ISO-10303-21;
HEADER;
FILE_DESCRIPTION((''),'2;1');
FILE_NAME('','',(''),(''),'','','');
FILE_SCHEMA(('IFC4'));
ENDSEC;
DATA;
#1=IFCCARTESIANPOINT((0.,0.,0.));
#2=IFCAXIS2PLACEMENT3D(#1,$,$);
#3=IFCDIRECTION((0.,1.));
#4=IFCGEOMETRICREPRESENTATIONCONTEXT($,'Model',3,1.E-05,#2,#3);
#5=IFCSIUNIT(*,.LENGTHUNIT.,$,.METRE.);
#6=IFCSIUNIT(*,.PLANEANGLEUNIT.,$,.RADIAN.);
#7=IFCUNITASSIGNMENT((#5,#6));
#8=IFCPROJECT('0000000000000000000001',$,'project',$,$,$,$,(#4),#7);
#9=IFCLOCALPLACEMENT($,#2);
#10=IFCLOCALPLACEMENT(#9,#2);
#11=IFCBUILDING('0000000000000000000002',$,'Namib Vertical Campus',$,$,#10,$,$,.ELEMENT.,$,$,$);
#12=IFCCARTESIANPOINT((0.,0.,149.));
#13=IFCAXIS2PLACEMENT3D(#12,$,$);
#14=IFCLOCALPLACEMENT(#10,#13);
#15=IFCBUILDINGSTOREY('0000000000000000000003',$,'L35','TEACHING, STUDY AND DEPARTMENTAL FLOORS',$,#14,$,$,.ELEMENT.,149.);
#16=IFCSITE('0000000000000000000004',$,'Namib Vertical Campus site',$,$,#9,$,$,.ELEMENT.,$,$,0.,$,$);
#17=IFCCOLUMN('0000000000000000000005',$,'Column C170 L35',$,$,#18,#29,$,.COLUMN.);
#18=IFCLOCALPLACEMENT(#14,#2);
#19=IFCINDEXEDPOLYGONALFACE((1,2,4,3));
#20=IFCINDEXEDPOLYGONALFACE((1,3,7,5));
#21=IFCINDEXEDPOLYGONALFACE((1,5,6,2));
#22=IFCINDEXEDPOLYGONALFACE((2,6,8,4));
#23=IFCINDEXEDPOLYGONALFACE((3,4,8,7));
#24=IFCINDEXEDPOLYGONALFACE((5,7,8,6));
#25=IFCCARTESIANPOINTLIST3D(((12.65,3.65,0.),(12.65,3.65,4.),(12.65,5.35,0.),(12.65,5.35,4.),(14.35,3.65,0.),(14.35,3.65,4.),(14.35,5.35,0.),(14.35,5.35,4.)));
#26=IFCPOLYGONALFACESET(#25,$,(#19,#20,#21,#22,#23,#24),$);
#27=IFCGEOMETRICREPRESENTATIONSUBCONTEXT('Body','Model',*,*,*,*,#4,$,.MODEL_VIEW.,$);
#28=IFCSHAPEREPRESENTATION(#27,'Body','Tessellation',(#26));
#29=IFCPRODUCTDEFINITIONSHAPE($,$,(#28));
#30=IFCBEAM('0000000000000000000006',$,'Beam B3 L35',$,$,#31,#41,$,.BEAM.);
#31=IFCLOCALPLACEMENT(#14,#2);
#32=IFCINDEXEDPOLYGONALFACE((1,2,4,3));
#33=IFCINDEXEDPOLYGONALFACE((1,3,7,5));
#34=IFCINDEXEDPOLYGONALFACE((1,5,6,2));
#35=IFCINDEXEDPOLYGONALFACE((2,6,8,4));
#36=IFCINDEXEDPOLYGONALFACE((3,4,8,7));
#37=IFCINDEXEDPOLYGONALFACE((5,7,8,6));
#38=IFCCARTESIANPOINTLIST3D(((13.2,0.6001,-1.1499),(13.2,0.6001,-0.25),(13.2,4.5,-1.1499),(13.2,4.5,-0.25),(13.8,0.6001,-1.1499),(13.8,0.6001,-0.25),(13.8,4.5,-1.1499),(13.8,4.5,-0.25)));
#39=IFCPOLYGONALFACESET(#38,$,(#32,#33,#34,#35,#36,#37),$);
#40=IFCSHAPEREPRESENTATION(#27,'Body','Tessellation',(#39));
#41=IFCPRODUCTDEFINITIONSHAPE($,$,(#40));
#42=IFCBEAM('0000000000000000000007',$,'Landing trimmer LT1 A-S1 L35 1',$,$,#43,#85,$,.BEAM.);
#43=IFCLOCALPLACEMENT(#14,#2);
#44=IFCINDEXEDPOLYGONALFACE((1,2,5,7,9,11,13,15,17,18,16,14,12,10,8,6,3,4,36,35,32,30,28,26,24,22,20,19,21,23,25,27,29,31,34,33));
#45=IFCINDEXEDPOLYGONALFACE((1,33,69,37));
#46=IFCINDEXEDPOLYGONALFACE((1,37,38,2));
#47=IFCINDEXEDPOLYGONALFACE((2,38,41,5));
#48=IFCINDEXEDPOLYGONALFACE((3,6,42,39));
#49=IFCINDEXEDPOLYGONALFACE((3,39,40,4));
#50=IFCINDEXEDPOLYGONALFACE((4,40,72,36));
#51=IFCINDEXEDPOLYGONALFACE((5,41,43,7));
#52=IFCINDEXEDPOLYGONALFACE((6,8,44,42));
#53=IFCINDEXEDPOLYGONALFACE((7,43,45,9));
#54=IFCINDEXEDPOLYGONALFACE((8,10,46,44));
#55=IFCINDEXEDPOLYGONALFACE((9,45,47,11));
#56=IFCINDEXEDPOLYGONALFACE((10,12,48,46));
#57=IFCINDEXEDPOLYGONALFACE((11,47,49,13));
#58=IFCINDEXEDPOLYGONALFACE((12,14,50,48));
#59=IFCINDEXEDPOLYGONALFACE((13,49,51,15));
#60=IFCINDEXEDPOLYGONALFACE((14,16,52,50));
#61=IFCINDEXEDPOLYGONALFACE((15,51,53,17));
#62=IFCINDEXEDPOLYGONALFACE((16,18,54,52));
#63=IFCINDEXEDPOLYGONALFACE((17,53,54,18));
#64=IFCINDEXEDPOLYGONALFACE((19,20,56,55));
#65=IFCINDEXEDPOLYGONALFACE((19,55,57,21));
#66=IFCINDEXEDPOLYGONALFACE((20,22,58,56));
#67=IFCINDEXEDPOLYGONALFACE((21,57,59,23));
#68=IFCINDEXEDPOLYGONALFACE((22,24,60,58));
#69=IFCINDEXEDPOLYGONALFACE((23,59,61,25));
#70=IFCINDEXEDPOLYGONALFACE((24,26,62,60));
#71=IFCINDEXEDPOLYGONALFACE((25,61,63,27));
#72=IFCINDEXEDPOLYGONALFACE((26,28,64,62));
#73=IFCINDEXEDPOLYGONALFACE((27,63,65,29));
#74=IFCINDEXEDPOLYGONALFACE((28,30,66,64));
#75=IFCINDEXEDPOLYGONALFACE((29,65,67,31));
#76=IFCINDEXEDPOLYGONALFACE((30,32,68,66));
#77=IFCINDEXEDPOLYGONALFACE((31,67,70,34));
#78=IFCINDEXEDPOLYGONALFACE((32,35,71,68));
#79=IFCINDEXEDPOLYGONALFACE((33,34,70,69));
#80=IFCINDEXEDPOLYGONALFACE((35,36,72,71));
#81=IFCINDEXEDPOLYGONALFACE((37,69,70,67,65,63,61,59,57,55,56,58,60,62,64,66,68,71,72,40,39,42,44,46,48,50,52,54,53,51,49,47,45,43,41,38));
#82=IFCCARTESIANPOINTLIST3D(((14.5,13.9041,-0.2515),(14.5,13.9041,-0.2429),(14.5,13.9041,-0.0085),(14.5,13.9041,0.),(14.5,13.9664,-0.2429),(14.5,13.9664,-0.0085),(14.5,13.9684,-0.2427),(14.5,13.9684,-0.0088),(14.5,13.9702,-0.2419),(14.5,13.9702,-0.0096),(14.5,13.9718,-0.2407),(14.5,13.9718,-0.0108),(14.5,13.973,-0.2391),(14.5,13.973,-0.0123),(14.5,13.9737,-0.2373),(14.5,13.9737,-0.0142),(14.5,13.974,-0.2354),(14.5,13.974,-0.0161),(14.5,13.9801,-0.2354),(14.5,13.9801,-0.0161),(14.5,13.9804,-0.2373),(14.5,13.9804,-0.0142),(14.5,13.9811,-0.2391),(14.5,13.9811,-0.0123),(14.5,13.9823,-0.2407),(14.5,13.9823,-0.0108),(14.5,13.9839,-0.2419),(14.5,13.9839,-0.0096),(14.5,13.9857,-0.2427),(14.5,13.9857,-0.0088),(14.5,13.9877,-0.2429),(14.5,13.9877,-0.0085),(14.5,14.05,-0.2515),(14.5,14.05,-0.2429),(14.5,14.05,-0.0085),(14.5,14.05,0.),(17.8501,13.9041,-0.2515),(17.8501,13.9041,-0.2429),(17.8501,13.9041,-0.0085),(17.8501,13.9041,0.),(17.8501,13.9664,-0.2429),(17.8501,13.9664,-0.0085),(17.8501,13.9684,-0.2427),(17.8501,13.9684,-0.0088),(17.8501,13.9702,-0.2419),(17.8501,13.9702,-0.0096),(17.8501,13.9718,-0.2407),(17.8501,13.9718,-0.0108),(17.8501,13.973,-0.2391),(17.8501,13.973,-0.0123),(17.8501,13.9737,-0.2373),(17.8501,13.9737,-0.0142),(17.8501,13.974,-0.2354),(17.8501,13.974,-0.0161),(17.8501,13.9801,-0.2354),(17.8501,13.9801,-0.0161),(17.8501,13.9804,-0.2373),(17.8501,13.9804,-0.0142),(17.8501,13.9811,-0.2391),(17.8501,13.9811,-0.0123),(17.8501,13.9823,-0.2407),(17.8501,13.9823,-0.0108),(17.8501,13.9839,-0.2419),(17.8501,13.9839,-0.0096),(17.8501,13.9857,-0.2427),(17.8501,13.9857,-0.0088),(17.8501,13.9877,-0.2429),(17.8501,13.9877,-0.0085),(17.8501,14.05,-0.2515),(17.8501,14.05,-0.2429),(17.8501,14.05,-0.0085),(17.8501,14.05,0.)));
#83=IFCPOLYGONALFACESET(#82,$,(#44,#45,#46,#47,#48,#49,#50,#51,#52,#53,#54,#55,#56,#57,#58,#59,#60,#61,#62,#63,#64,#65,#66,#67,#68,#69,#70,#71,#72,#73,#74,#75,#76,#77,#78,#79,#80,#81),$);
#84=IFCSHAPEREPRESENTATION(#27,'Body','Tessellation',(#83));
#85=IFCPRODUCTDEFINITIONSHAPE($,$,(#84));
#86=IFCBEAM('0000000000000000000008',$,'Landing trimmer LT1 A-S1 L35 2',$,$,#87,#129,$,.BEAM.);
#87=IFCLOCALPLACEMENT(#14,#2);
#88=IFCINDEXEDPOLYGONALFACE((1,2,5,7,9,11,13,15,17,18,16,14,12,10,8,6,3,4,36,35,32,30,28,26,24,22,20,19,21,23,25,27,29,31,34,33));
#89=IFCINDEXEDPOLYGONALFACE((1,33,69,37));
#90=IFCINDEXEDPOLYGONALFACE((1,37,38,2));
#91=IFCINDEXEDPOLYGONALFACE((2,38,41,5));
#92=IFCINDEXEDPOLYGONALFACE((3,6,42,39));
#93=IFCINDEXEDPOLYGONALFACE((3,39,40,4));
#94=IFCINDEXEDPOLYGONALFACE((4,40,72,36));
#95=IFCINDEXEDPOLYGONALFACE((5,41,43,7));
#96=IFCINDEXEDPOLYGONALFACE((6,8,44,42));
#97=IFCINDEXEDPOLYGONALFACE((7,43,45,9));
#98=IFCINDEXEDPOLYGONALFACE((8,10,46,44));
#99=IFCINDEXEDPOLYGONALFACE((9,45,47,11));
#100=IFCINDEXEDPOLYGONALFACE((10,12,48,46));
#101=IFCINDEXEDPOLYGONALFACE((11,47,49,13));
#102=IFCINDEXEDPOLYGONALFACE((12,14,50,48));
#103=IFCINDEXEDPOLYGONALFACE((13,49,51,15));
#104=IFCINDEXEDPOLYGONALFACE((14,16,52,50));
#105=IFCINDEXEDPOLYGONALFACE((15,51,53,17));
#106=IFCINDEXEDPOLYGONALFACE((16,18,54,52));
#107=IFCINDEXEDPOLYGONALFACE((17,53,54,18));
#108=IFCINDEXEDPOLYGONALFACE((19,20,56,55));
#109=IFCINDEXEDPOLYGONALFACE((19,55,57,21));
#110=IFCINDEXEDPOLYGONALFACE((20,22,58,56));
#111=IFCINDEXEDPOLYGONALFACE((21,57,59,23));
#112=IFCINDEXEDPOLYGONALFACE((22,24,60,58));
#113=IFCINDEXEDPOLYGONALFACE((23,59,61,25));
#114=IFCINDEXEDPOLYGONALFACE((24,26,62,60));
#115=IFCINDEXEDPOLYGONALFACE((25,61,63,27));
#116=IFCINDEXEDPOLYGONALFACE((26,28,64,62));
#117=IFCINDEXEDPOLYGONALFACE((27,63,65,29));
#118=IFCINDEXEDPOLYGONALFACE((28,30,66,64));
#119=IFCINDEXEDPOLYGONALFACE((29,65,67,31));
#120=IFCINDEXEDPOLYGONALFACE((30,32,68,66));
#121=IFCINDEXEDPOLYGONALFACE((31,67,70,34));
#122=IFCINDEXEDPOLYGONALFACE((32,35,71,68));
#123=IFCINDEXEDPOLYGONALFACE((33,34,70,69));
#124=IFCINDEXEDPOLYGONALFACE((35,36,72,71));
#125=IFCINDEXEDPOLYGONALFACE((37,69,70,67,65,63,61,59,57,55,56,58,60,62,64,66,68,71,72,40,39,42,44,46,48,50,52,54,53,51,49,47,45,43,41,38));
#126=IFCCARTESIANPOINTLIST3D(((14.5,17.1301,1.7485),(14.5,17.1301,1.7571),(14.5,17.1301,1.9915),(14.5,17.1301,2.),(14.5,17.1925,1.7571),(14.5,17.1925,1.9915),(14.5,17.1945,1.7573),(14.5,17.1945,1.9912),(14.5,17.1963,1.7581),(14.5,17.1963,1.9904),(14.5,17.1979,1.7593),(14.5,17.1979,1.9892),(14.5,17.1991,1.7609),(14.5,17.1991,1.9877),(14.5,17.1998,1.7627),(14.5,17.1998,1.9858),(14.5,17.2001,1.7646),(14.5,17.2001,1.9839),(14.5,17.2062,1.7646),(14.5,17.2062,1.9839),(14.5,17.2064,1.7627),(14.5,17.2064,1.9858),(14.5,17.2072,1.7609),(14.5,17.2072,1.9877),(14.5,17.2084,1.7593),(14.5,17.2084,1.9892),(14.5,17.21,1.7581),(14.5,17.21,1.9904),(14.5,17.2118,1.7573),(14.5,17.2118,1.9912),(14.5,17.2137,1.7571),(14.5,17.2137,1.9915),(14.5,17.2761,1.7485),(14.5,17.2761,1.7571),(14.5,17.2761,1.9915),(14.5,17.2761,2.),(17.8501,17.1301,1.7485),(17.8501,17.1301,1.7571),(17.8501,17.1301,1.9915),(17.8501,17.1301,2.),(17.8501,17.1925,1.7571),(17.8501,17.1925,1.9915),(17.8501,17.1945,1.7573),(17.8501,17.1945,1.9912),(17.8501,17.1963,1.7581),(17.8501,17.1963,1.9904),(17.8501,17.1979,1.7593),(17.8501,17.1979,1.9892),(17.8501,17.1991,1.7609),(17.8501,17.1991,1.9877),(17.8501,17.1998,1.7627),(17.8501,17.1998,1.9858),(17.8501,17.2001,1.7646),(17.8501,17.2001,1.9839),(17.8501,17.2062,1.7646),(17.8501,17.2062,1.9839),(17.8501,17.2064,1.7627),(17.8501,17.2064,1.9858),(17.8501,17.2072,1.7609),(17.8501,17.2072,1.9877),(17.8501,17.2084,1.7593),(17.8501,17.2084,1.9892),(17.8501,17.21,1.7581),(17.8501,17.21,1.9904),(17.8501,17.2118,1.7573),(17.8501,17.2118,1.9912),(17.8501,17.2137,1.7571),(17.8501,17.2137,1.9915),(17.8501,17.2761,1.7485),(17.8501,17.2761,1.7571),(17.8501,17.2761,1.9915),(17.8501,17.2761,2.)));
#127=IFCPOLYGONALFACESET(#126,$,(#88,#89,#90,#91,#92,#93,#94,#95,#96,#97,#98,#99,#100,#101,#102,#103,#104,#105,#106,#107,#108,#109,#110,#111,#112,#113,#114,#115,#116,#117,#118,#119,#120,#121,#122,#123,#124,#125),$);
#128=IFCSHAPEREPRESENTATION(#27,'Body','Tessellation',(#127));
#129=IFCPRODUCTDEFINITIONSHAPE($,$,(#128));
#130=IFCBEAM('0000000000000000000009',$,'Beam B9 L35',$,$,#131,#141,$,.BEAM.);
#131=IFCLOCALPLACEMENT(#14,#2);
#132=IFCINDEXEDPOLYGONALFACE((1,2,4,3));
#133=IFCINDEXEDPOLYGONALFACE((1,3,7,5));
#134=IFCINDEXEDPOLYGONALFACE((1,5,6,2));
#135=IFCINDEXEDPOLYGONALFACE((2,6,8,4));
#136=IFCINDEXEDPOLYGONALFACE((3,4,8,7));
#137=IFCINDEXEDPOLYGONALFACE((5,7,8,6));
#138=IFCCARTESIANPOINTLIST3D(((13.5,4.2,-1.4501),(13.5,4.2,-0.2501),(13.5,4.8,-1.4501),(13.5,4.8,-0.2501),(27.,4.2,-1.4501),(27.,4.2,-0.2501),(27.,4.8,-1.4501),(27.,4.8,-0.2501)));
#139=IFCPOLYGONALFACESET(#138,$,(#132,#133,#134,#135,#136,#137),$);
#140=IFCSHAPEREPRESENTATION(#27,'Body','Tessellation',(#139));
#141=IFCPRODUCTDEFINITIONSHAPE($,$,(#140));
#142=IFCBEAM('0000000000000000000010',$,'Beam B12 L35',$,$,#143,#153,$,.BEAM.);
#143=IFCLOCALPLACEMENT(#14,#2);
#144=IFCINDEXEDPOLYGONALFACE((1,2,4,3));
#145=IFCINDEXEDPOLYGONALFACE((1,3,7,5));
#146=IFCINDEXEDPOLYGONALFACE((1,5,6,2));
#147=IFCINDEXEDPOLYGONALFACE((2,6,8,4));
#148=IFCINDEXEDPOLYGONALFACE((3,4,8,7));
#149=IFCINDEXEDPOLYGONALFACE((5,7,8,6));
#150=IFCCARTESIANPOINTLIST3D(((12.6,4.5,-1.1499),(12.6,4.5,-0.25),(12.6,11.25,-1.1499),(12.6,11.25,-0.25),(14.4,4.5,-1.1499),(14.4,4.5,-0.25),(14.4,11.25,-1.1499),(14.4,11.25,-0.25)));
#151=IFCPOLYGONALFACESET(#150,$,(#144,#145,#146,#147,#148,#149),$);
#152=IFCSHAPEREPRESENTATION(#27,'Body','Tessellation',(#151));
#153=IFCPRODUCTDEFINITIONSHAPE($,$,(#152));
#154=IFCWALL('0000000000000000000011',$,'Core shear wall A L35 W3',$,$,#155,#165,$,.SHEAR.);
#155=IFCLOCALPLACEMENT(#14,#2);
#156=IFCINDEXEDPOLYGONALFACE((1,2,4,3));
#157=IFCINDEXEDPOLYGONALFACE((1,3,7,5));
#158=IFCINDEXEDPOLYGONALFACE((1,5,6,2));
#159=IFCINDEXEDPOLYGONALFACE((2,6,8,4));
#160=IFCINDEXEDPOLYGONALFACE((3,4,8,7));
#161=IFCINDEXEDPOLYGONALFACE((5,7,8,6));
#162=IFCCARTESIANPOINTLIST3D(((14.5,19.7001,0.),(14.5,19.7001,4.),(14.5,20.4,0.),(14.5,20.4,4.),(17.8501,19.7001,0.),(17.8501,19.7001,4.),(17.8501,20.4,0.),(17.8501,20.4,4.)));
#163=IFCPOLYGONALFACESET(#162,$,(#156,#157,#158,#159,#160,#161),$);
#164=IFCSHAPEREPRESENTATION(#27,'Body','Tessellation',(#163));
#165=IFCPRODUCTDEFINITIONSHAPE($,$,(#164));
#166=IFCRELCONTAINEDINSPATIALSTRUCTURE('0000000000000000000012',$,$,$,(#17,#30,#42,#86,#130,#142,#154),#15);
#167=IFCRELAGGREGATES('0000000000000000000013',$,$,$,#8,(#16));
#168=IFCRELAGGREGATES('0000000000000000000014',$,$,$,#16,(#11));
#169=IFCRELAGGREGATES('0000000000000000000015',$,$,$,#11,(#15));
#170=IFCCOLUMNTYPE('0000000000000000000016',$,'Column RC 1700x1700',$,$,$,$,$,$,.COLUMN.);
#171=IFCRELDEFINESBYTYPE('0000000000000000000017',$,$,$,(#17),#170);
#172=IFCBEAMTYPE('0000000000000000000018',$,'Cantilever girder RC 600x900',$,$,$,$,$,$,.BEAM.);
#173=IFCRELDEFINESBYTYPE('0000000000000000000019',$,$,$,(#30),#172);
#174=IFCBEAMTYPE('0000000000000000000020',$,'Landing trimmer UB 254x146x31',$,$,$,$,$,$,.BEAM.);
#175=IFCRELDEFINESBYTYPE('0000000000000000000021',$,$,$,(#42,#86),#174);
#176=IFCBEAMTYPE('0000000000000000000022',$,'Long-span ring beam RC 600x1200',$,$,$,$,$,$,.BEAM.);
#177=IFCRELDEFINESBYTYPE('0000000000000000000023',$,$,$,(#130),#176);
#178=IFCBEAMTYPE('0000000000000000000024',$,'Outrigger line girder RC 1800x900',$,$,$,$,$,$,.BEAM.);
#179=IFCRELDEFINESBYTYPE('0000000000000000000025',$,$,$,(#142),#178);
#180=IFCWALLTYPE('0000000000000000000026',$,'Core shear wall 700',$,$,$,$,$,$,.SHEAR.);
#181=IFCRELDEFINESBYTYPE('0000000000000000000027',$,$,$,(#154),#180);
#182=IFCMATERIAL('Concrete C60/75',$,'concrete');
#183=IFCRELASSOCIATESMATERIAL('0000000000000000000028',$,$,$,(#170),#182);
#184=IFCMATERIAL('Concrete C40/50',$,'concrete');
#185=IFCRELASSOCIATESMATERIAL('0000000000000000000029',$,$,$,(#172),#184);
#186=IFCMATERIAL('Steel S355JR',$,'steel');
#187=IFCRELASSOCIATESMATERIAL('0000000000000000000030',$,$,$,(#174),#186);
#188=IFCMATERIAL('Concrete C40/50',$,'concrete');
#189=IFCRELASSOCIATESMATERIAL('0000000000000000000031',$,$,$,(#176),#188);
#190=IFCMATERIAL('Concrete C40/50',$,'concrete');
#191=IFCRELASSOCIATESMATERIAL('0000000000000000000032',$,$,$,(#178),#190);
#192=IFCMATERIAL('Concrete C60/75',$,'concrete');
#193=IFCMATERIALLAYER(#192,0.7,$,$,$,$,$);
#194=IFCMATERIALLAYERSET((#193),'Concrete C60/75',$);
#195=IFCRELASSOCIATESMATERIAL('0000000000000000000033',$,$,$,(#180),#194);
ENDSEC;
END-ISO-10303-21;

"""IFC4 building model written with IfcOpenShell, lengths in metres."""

from ifc_helpers import new_model, si_unit, direction, frame, frame_2d, origin, origin_2d, place, context, subcontext, project, spatial, rectangle, i_section, extrude, material, layer, layer_set, material_profile, profile_set, type_object, element, save


model = new_model("IFC4")

# Units and contexts
model_context = context("Model", 3, precision=1e-05, world=origin(), true_north=direction((0.0, 1.0)))
body_context = subcontext(model_context, "Body", "Model", "MODEL_VIEW")
ifc_project = project(units=[si_unit("LENGTHUNIT", "METRE"), si_unit("PLANEANGLEUNIT", "RADIAN")], contexts=[model_context])

# Site, building, storey
site_placement = place(None, origin())
site = spatial("IfcSite", under=ifc_project, at=site_placement, Name="Namib Vertical Campus site", CompositionType="ELEMENT", RefElevation=0.0)
building_placement = place(site_placement, origin())
building = spatial("IfcBuilding", under=site, at=building_placement, Name="Namib Vertical Campus", CompositionType="ELEMENT")
storey_placement = place(building_placement, frame((0.0, 0.0, 149.0)))
storey = spatial("IfcBuildingStorey", under=building, at=storey_placement, Name="L35", Description="TEACHING, STUDY AND DEPARTMENTAL FLOORS", CompositionType="ELEMENT", Elevation=149.0)

# Column
ifc_material_1 = material(Name="Concrete C60/75", Category="concrete")
ifc_material_profile_1 = material_profile(ifc_material_1, rectangle(XDim=1.7, YDim=1.7, at=origin_2d()))
ifc_profile_set_1 = profile_set([ifc_material_profile_1], Name="Concrete C60/75")
column_type = type_object("IfcColumnType", Name="Column RC 1700x1700", PredefinedType="COLUMN", material=ifc_profile_set_1)
column_placement = place(storey_placement, frame((13.5, 4.5, 0.0), z_axis=(0.0, 0.0, 1.0), x_axis=(1.0, 0.0, 0.0)))
element("IfcColumn", 1, at=column_placement, inside=storey, type_object=column_type, Name="Column C170 L35", PredefinedType="COLUMN", context=body_context, shape_type="SweptSolid", body=[
    extrude(rectangle(XDim=1.7, YDim=1.7, at=origin_2d()), origin(), (0.0, 0.0, 1.0), 4.0),
])

# Beams
ifc_material_2 = material(Name="Concrete C40/50", Category="concrete")
ifc_material_profile_2 = material_profile(ifc_material_2, rectangle(XDim=0.6001, YDim=0.8999, at=origin_2d()))
ifc_profile_set_2 = profile_set([ifc_material_profile_2], Name="Concrete C40/50")
beam_type_1 = type_object("IfcBeamType", Name="Cantilever girder RC 600x900", PredefinedType="BEAM", material=ifc_profile_set_2)
beam_1_placement = place(storey_placement, frame((13.5, 4.5, -0.7), z_axis=(0.0, -1.0, 0.0), x_axis=(1.0, 0.0, 0.0)))
element("IfcBeam", 2, at=beam_1_placement, inside=storey, type_object=beam_type_1, Name="Beam B3 L35", PredefinedType="BEAM", context=body_context, shape_type="SweptSolid", body=[
    extrude(rectangle(XDim=0.6001, YDim=0.8999, at=origin_2d()), origin(), (0.0, 0.0, 1.0), 3.8999),
])
ifc_material_3 = material(Name="Steel S355JR", Category="steel")
ifc_material_profile_3 = material_profile(ifc_material_3, i_section(OverallWidth=0.146, OverallDepth=0.2515, WebThickness=0.0061, FlangeThickness=0.0085, FilletRadius=0.0076, at=origin_2d()))
ifc_profile_set_3 = profile_set([ifc_material_profile_3], Name="Steel S355JR")
beam_type_2 = type_object("IfcBeamType", Name="Landing trimmer UB 254x146x31", PredefinedType="BEAM", material=ifc_profile_set_3)
for number, where, z_axis, x_axis, name in (
    (3, (14.5, 13.9771, -0.1257), (1.0, 0.0, 0.0), (0.0, 1.0, 0.0), "Landing trimmer LT1 A-S1 L35 1"),
    (4, (14.5, 17.2031, 1.8743), (1.0, 0.0, 0.0), (0.0, 1.0, 0.0), "Landing trimmer LT1 A-S1 L35 2"),
):
    element("IfcBeam", number, at=place(storey_placement, frame(where, z_axis=z_axis, x_axis=x_axis)), inside=storey, type_object=beam_type_2, Name=name, PredefinedType="BEAM", context=body_context, shape_type="SweptSolid", body=[
        extrude(i_section(OverallWidth=0.146, OverallDepth=0.2515, WebThickness=0.0061, FlangeThickness=0.0085, FilletRadius=0.0076, at=origin_2d()), origin(), (0.0, 0.0, 1.0), 3.3501),
    ])
ifc_material_4 = material(Name="Concrete C40/50", Category="concrete")
ifc_material_profile_4 = material_profile(ifc_material_4, rectangle(XDim=0.6001, YDim=1.2, at=origin_2d()))
ifc_profile_set_4 = profile_set([ifc_material_profile_4], Name="Concrete C40/50")
beam_type_3 = type_object("IfcBeamType", Name="Long-span ring beam RC 600x1200", PredefinedType="BEAM", material=ifc_profile_set_4)
beam_2_placement = place(storey_placement, frame((13.5, 4.5, -0.8501), z_axis=(1.0, 0.0, 0.0), x_axis=(0.0, 1.0, 0.0)))
element("IfcBeam", 5, at=beam_2_placement, inside=storey, type_object=beam_type_3, Name="Beam B9 L35", PredefinedType="BEAM", context=body_context, shape_type="SweptSolid", body=[
    extrude(rectangle(XDim=0.6001, YDim=1.2, at=origin_2d()), origin(), (0.0, 0.0, 1.0), 13.5),
])
ifc_material_5 = material(Name="Concrete C40/50", Category="concrete")
ifc_material_profile_5 = material_profile(ifc_material_5, rectangle(XDim=1.8, YDim=0.8999, at=origin_2d()))
ifc_profile_set_5 = profile_set([ifc_material_profile_5], Name="Concrete C40/50")
beam_type_4 = type_object("IfcBeamType", Name="Outrigger line girder RC 1800x900", PredefinedType="BEAM", material=ifc_profile_set_5)
beam_3_placement = place(storey_placement, frame((13.5, 4.5, -0.7), z_axis=(0.0, 1.0, 0.0), x_axis=(-1.0, 0.0, 0.0)))
element("IfcBeam", 6, at=beam_3_placement, inside=storey, type_object=beam_type_4, Name="Beam B12 L35", PredefinedType="BEAM", context=body_context, shape_type="SweptSolid", body=[
    extrude(rectangle(XDim=1.8, YDim=0.8999, at=origin_2d()), origin(), (0.0, 0.0, 1.0), 6.75),
])

# Wall
ifc_material_6 = material(Name="Concrete C60/75", Category="concrete")
ifc_layer_1 = layer(ifc_material_6, 0.7)
ifc_layer_set_1 = layer_set([ifc_layer_1], Name="Concrete C60/75")
wall_type_1 = type_object("IfcWallType", Name="Core shear wall 700", PredefinedType="SHEAR", material=ifc_layer_set_1)
wall_1_placement = place(storey_placement, frame((14.5, 20.05, 0.0), z_axis=(0.0, 0.0, 1.0), x_axis=(1.0, 0.0, 0.0)))
element("IfcWall", 7, at=wall_1_placement, inside=storey, type_object=wall_type_1, Name="Core shear wall A L35 W3", PredefinedType="SHEAR", context=body_context, shape_type="SweptSolid", body=[
    extrude(rectangle(XDim=3.3501, YDim=0.7, at=frame_2d((1.675, 0.0))), origin(), (0.0, 0.0, 1.0), 4.0),
])

save(model, "model.ifc")
